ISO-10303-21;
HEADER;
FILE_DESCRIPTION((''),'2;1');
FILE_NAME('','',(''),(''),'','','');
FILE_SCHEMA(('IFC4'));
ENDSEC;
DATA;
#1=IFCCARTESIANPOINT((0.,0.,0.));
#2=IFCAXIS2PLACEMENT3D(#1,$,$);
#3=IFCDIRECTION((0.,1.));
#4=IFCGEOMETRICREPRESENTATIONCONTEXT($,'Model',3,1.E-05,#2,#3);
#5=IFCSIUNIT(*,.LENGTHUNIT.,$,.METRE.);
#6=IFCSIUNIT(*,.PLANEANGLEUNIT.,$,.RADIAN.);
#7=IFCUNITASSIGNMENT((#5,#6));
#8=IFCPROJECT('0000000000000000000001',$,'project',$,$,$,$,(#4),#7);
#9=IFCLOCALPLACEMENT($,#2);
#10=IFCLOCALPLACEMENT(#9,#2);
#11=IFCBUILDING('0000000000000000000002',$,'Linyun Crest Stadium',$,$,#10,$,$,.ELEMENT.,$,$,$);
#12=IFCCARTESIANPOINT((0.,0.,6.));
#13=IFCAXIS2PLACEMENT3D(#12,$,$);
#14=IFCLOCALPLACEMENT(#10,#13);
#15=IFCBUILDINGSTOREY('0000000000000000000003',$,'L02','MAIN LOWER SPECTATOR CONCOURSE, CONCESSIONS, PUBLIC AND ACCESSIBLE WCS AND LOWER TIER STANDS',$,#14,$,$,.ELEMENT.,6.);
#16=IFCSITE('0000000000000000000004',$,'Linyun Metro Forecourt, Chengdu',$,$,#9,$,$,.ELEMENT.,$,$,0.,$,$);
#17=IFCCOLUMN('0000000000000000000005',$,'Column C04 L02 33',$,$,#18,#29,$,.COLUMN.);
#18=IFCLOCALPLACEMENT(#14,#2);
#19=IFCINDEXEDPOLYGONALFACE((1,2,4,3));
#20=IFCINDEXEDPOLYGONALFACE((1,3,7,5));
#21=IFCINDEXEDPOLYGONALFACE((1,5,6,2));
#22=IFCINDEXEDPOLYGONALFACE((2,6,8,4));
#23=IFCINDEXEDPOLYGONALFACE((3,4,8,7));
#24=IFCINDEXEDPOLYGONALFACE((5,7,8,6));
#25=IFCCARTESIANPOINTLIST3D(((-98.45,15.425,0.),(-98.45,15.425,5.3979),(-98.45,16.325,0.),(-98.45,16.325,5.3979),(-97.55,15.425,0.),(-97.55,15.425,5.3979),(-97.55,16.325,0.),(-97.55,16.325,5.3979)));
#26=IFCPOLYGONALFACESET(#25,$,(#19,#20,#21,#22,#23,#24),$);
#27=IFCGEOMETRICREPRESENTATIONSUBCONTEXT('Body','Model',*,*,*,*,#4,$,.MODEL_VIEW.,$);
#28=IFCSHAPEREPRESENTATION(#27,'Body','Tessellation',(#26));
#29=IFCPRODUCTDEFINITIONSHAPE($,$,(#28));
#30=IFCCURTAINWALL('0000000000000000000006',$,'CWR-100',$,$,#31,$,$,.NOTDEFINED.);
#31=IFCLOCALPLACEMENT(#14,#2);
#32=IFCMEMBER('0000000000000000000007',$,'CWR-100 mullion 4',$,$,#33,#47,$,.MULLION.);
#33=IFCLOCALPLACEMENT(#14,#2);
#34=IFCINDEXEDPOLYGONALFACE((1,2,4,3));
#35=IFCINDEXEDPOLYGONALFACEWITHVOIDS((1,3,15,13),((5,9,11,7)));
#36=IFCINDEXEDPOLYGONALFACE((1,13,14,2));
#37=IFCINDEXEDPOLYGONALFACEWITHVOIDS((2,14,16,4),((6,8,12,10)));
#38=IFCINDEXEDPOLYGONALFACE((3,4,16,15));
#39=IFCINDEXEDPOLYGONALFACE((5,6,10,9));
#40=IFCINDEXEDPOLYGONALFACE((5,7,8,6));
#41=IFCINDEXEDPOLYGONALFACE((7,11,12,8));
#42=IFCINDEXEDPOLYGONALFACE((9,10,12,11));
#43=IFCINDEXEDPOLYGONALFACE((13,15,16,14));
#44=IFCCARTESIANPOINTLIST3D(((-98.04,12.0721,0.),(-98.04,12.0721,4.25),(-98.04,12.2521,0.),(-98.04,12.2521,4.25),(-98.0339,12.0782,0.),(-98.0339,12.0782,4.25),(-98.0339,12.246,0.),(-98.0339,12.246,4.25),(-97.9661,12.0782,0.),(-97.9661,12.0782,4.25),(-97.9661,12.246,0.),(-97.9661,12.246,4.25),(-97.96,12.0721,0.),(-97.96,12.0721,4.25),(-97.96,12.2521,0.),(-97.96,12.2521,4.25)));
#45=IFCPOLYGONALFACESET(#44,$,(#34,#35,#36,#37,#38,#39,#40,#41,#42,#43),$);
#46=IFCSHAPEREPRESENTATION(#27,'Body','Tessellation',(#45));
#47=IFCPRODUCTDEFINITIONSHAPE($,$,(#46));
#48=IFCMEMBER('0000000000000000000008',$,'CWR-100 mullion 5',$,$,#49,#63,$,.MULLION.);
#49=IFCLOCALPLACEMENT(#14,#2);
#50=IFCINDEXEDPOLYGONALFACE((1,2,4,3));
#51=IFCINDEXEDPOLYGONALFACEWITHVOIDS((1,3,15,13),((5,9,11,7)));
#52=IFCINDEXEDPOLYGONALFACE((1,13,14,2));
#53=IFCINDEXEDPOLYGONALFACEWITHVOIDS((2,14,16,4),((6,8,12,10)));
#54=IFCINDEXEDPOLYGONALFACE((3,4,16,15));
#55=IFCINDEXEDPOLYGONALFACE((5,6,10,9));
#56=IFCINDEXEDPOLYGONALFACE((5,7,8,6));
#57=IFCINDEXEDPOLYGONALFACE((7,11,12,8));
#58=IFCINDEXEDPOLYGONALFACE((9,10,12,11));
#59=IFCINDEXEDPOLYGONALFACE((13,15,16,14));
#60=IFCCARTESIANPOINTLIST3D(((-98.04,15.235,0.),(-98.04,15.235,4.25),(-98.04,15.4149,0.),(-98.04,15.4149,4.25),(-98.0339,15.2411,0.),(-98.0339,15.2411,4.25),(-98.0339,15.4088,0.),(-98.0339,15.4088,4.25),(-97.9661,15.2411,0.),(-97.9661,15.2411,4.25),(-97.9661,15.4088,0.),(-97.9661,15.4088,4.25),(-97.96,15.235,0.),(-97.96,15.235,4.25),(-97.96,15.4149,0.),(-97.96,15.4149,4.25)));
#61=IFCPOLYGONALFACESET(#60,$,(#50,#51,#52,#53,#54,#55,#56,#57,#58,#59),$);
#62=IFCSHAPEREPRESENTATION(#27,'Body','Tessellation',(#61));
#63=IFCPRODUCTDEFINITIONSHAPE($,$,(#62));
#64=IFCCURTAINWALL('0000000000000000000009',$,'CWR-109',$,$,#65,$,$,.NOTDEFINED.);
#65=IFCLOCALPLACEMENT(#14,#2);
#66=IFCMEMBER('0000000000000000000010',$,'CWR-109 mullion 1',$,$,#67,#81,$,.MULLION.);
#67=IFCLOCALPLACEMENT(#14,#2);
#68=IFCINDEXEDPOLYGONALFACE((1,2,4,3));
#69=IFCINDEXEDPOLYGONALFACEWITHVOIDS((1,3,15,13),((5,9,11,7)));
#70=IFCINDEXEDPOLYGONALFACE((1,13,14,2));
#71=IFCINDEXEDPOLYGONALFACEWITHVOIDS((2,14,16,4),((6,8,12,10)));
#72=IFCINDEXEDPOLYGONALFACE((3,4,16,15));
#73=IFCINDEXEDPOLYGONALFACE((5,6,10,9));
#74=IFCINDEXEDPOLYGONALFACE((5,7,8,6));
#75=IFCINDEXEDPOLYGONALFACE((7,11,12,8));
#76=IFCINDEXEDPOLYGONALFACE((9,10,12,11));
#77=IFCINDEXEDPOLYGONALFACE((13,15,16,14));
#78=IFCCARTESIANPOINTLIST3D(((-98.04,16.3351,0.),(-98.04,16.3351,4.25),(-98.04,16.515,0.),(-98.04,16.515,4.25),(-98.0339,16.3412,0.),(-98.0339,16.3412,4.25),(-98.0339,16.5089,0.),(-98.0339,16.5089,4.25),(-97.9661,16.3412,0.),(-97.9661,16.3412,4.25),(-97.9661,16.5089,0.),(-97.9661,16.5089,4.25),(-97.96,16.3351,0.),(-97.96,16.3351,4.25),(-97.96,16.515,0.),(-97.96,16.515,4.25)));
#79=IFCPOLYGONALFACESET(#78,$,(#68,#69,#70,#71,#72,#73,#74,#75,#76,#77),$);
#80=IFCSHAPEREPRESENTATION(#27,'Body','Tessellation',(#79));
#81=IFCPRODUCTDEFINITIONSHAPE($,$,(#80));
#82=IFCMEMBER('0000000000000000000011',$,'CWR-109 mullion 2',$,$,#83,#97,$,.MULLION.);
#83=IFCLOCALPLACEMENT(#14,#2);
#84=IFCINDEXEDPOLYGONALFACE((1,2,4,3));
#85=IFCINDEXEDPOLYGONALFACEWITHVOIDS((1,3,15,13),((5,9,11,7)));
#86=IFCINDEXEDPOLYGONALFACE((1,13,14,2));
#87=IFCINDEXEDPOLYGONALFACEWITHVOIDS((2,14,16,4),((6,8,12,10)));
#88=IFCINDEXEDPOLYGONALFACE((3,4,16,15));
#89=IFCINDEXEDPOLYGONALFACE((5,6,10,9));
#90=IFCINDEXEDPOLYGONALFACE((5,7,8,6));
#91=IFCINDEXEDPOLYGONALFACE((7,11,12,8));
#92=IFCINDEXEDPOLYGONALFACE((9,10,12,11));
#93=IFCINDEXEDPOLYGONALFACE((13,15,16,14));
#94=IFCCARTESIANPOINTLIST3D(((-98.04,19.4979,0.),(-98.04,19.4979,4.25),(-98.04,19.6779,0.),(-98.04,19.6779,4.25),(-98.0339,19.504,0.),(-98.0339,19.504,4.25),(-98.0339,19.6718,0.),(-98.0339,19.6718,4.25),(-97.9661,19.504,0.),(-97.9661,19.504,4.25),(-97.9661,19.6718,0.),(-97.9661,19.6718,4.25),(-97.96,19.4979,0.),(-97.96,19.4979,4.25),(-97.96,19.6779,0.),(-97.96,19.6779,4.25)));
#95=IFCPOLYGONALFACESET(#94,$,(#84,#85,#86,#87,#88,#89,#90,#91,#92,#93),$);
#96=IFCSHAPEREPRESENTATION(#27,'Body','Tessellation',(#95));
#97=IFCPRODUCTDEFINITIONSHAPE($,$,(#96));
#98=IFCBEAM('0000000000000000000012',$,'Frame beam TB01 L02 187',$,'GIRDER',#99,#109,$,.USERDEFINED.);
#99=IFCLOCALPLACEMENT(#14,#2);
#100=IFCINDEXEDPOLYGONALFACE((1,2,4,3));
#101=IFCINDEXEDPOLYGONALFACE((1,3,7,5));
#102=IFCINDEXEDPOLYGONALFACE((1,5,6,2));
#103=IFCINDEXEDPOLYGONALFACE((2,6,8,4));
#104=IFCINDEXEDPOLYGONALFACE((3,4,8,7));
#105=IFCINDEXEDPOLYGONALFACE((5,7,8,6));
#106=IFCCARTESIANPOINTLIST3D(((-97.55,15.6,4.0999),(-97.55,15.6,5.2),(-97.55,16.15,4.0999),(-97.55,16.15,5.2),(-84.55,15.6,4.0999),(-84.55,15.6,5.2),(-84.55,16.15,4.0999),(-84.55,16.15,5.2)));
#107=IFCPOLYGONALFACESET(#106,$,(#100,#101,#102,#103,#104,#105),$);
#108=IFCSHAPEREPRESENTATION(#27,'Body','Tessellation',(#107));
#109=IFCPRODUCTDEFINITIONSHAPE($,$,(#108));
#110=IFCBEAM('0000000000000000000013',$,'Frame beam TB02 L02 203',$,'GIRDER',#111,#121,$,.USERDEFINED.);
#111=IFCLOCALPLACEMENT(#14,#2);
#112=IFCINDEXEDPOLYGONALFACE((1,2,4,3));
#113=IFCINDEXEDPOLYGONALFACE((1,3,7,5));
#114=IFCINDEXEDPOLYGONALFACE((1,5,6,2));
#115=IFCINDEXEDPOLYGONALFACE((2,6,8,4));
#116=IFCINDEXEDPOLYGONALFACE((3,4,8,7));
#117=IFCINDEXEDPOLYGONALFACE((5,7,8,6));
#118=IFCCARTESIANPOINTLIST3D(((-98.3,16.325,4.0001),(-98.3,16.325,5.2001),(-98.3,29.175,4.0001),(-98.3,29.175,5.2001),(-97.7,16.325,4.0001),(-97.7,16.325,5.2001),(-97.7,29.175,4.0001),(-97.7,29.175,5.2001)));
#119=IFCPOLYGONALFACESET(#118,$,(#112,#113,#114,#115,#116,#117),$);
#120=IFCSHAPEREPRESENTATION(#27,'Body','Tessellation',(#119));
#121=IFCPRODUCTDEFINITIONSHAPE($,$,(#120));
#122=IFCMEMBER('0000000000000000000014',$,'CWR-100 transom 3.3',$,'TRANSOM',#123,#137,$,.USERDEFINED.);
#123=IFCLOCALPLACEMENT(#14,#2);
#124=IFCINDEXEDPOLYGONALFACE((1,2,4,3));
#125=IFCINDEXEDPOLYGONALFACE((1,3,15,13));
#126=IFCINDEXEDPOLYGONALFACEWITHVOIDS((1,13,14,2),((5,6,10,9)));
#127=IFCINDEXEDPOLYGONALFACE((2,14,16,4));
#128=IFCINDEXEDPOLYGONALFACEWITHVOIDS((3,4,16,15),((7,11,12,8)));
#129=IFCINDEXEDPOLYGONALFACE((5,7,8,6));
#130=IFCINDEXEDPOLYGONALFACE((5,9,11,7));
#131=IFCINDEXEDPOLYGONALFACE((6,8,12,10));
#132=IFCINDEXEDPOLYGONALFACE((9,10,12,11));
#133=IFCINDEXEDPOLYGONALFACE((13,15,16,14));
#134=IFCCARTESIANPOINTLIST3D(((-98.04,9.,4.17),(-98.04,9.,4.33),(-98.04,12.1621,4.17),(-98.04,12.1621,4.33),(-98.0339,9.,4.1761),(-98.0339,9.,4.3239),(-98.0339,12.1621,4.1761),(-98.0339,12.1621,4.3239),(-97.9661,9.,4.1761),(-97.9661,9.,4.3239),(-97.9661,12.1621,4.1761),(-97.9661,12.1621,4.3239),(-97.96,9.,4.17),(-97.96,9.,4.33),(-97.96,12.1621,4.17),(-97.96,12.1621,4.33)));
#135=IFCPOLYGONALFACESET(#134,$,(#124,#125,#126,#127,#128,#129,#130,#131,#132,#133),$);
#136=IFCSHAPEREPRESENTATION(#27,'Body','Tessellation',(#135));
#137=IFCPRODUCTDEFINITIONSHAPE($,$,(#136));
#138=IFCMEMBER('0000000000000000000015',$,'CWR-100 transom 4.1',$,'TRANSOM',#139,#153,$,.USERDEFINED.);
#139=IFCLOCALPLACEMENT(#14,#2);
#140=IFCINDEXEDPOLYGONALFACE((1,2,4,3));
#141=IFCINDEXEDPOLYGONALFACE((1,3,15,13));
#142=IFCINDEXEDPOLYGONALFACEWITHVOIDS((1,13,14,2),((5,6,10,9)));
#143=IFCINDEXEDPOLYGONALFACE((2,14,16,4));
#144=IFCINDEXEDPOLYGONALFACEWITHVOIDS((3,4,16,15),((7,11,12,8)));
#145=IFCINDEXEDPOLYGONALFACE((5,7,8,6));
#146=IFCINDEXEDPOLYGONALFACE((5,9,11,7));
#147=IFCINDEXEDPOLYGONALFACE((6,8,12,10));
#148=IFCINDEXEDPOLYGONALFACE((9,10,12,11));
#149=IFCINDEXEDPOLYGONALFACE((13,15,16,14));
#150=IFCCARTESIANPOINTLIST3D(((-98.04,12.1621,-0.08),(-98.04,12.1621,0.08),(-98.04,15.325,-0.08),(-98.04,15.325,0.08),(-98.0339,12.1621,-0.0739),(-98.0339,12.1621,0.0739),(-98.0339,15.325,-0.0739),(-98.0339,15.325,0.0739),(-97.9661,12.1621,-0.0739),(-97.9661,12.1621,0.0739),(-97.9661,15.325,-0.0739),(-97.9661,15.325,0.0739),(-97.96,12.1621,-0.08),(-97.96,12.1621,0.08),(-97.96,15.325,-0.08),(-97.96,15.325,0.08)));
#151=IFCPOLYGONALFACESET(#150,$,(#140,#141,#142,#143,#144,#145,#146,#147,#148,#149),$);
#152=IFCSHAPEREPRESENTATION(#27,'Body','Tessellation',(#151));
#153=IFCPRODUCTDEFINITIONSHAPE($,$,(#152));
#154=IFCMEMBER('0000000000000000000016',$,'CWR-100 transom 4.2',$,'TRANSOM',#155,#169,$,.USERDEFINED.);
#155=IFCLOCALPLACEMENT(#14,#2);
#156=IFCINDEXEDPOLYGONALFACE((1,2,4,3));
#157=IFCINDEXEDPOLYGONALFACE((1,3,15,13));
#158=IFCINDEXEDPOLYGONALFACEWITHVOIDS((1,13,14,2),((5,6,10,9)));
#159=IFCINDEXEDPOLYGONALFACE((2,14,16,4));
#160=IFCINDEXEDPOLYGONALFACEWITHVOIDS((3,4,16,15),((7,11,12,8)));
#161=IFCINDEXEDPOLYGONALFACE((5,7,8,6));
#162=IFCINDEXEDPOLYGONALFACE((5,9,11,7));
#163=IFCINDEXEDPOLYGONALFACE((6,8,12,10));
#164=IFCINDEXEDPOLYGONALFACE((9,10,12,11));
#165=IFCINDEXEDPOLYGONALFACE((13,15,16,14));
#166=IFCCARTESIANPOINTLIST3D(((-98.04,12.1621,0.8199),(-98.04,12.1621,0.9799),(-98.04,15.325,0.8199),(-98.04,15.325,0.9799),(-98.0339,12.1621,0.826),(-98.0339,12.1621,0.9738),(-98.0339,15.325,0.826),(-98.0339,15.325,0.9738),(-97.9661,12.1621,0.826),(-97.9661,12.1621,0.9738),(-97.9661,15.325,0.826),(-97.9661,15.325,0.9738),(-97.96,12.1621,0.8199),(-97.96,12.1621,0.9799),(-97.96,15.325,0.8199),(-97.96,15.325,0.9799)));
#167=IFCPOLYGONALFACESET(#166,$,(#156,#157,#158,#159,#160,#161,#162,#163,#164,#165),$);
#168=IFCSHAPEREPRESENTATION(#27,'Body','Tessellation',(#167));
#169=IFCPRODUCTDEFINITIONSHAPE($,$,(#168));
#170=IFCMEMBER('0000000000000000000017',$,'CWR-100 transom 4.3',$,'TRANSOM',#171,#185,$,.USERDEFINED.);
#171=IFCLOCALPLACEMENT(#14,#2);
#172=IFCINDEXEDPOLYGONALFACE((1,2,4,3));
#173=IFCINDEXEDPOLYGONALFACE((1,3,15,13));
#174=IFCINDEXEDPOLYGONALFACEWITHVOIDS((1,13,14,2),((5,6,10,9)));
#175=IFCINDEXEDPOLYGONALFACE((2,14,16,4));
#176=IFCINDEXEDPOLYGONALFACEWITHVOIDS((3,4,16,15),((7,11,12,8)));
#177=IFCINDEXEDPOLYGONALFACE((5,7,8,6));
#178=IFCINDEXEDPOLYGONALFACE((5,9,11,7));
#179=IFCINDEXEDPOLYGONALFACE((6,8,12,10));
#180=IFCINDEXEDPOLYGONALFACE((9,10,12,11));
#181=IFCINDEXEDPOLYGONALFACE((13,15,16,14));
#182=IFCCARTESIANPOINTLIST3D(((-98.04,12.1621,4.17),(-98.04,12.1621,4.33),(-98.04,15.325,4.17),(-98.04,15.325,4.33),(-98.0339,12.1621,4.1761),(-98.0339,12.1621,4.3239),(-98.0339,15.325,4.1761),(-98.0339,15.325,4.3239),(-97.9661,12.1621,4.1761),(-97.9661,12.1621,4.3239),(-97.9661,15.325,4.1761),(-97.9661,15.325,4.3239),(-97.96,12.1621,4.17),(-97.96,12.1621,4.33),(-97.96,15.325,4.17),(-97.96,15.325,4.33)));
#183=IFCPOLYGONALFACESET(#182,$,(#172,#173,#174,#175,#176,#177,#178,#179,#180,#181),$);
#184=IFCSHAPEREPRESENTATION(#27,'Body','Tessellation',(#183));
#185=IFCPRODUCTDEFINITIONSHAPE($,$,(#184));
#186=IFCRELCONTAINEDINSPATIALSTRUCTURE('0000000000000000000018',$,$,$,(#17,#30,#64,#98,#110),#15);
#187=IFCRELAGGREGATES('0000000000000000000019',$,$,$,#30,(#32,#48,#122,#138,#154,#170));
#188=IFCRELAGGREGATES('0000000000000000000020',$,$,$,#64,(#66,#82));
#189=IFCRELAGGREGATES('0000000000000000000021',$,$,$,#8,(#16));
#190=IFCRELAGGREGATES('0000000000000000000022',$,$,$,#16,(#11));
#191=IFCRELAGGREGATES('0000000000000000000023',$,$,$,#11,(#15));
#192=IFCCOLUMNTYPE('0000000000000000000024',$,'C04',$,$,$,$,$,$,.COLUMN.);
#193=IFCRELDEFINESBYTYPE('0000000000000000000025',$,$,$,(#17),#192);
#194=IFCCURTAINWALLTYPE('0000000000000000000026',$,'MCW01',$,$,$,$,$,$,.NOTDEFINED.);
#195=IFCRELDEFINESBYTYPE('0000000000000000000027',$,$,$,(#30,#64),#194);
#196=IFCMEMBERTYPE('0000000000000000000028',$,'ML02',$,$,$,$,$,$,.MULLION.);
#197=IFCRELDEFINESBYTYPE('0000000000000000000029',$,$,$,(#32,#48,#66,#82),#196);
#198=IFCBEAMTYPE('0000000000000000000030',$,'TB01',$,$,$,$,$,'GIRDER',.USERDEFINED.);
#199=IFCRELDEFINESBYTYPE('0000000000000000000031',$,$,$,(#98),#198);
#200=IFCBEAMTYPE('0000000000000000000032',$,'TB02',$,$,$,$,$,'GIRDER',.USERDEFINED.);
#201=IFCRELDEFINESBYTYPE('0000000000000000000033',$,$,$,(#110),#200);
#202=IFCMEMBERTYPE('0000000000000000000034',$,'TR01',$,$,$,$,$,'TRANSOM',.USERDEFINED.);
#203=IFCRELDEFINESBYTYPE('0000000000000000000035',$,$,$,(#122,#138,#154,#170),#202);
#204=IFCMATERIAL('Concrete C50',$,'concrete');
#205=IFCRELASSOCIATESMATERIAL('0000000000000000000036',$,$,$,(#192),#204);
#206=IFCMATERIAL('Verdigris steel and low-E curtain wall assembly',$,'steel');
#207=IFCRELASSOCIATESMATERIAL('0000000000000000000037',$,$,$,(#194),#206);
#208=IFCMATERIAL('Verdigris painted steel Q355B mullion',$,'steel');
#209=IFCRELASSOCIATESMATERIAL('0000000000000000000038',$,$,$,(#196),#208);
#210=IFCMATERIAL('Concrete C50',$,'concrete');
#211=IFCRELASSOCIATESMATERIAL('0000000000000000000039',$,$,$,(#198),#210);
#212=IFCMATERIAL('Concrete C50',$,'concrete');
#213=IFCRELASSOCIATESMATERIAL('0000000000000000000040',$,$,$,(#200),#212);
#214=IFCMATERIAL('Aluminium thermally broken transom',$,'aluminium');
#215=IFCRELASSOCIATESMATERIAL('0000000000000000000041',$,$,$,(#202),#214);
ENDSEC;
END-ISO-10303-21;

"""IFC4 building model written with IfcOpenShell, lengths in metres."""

from ifc_helpers import new_model, si_unit, direction, frame, origin, origin_2d, place, context, subcontext, project, spatial, rectangle, hollow_rectangle, extrude, material, material_profile, profile_set, type_object, element, aggregate, save


model = new_model("IFC4")

# Units and contexts
model_context = context("Model", 3, precision=1e-05, world=origin(), true_north=direction((0.0, 1.0)))
body_context = subcontext(model_context, "Body", "Model", "MODEL_VIEW")
ifc_project = project(units=[si_unit("LENGTHUNIT", "METRE"), si_unit("PLANEANGLEUNIT", "RADIAN")], contexts=[model_context])

# Site, building, storey
site_placement = place(None, origin())
site = spatial("IfcSite", under=ifc_project, at=site_placement, Name="Linyun Metro Forecourt, Chengdu", CompositionType="ELEMENT", RefElevation=0.0)
building_placement = place(site_placement, origin())
building = spatial("IfcBuilding", under=site, at=building_placement, Name="Linyun Crest Stadium", CompositionType="ELEMENT")
storey_placement = place(building_placement, frame((0.0, 0.0, 6.0)))
storey = spatial("IfcBuildingStorey", under=building, at=storey_placement, Name="L02", Description="MAIN LOWER SPECTATOR CONCOURSE, CONCESSIONS, PUBLIC AND ACCESSIBLE WCS AND LOWER TIER STANDS", CompositionType="ELEMENT", Elevation=6.0)

# Column
ifc_material_1 = material(Name="Concrete C50", Category="concrete")
ifc_material_profile_1 = material_profile(ifc_material_1, rectangle(XDim=0.8999, YDim=0.8999, at=origin_2d()), Name="RC 900x900")
ifc_profile_set_1 = profile_set([ifc_material_profile_1], Name="Concrete C50")
column_type = type_object("IfcColumnType", Name="C04", PredefinedType="COLUMN", material=ifc_profile_set_1)
column_placement = place(storey_placement, frame((-98.0, 15.875, 0.0), z_axis=(0.0, 0.0, 1.0), x_axis=(1.0, 0.0, 0.0)))
element("IfcColumn", 1, at=column_placement, inside=storey, type_object=column_type, Name="Column C04 L02 33", PredefinedType="COLUMN", context=body_context, shape_type="SweptSolid", body=[
    extrude(rectangle(XDim=0.8999, YDim=0.8999, at=origin_2d()), origin(), (0.0, 0.0, 1.0), 5.3979),
])

# Curtain walls, members
ifc_material_2 = material(Name="Verdigris steel and low-E curtain wall assembly", Category="steel")
curtain_wall_type = type_object("IfcCurtainWallType", Name="MCW01", PredefinedType="NOTDEFINED", material=ifc_material_2)
curtain_wall_1_placement = place(storey_placement, origin())
curtain_wall_1 = element("IfcCurtainWall", 2, at=curtain_wall_1_placement, inside=storey, type_object=curtain_wall_type, Name="CWR-100", PredefinedType="NOTDEFINED")
ifc_material_3 = material(Name="Verdigris painted steel Q355B mullion", Category="steel")
ifc_material_profile_2 = material_profile(ifc_material_3, hollow_rectangle(XDim=0.0801, YDim=0.1799, WallThickness=0.0061, at=origin_2d()), Name="RHS 180x80x6")
ifc_profile_set_2 = profile_set([ifc_material_profile_2], Name="Verdigris painted steel Q355B mullion")
member_type_1 = type_object("IfcMemberType", Name="ML02", PredefinedType="MULLION", material=ifc_profile_set_2)
member_1_placement = place(storey_placement, frame((-98.0, 12.1621, 0.0), z_axis=(0.0, 0.0, 1.0), x_axis=(-1.0, 0.0, 0.0)))
member_1 = element("IfcMember", 3, at=member_1_placement, type_object=member_type_1, Name="CWR-100 mullion 4", PredefinedType="MULLION", context=body_context, shape_type="SweptSolid", body=[
    extrude(hollow_rectangle(XDim=0.0801, YDim=0.1799, WallThickness=0.0061, at=origin_2d()), origin(), (0.0, 0.0, 1.0), 4.25),
])
member_2_placement = place(storey_placement, frame((-98.0, 15.325, 0.0), z_axis=(0.0, 0.0, 1.0), x_axis=(-1.0, 0.0, 0.0)))
member_2 = element("IfcMember", 4, at=member_2_placement, type_object=member_type_1, Name="CWR-100 mullion 5", PredefinedType="MULLION", context=body_context, shape_type="SweptSolid", body=[
    extrude(hollow_rectangle(XDim=0.0801, YDim=0.1799, WallThickness=0.0061, at=origin_2d()), origin(), (0.0, 0.0, 1.0), 4.25),
])
curtain_wall_2_placement = place(storey_placement, origin())
curtain_wall_2 = element("IfcCurtainWall", 5, at=curtain_wall_2_placement, inside=storey, type_object=curtain_wall_type, Name="CWR-109", PredefinedType="NOTDEFINED")
member_3_placement = place(storey_placement, frame((-98.0, 16.425, 0.0), z_axis=(0.0, 0.0, 1.0), x_axis=(-1.0, 0.0, 0.0)))
member_3 = element("IfcMember", 6, at=member_3_placement, type_object=member_type_1, Name="CWR-109 mullion 1", PredefinedType="MULLION", context=body_context, shape_type="SweptSolid", body=[
    extrude(hollow_rectangle(XDim=0.0801, YDim=0.1799, WallThickness=0.0061, at=origin_2d()), origin(), (0.0, 0.0, 1.0), 4.25),
])
member_4_placement = place(storey_placement, frame((-98.0, 19.5879, 0.0), z_axis=(0.0, 0.0, 1.0), x_axis=(-1.0, 0.0, 0.0)))
member_4 = element("IfcMember", 7, at=member_4_placement, type_object=member_type_1, Name="CWR-109 mullion 2", PredefinedType="MULLION", context=body_context, shape_type="SweptSolid", body=[
    extrude(hollow_rectangle(XDim=0.0801, YDim=0.1799, WallThickness=0.0061, at=origin_2d()), origin(), (0.0, 0.0, 1.0), 4.25),
])

# Beams
ifc_material_4 = material(Name="Concrete C50", Category="concrete")
ifc_material_profile_3 = material_profile(ifc_material_4, rectangle(XDim=0.55, YDim=1.1001, at=origin_2d()), Name="RCB 1100x550")
ifc_profile_set_3 = profile_set([ifc_material_profile_3], Name="Concrete C50")
beam_type_1 = type_object("IfcBeamType", Name="TB01", ElementType="GIRDER", PredefinedType="USERDEFINED", material=ifc_profile_set_3)
beam_1_placement = place(storey_placement, frame((-97.55, 15.875, 4.6499), z_axis=(1.0, 0.0, 0.0), x_axis=(0.0, 1.0, 0.0)))
element("IfcBeam", 8, at=beam_1_placement, inside=storey, type_object=beam_type_1, Name="Frame beam TB01 L02 187", ObjectType="GIRDER", PredefinedType="USERDEFINED", context=body_context, shape_type="SweptSolid", body=[
    extrude(rectangle(XDim=0.55, YDim=1.1001, at=origin_2d()), origin(), (0.0, 0.0, 1.0), 13.0),
])
ifc_material_5 = material(Name="Concrete C50", Category="concrete")
ifc_material_profile_4 = material_profile(ifc_material_5, rectangle(XDim=0.6001, YDim=1.2, at=origin_2d()), Name="RCB 1200x600")
ifc_profile_set_4 = profile_set([ifc_material_profile_4], Name="Concrete C50")
beam_type_2 = type_object("IfcBeamType", Name="TB02", ElementType="GIRDER", PredefinedType="USERDEFINED", material=ifc_profile_set_4)
beam_2_placement = place(storey_placement, frame((-98.0, 16.325, 4.6001), z_axis=(0.0, 1.0, 0.0), x_axis=(-1.0, 0.0, 0.0)))
element("IfcBeam", 9, at=beam_2_placement, inside=storey, type_object=beam_type_2, Name="Frame beam TB02 L02 203", ObjectType="GIRDER", PredefinedType="USERDEFINED", context=body_context, shape_type="SweptSolid", body=[
    extrude(rectangle(XDim=0.6001, YDim=1.2, at=origin_2d()), origin(), (0.0, 0.0, 1.0), 12.8501),
])

# Members
ifc_material_6 = material(Name="Aluminium thermally broken transom", Category="aluminium")
ifc_material_profile_5 = material_profile(ifc_material_6, hollow_rectangle(XDim=0.0801, YDim=0.1599, WallThickness=0.0061, at=origin_2d()), Name="RHS 160x80x6")
ifc_profile_set_5 = profile_set([ifc_material_profile_5], Name="Aluminium thermally broken transom")
member_type_2 = type_object("IfcMemberType", Name="TR01", ElementType="TRANSOM", PredefinedType="USERDEFINED", material=ifc_profile_set_5)
member_5_placement = place(storey_placement, frame((-98.0, 9.0, 4.25), z_axis=(0.0, 1.0, 0.0), x_axis=(-1.0, 0.0, 0.0)))
member_5 = element("IfcMember", 10, at=member_5_placement, type_object=member_type_2, Name="CWR-100 transom 3.3", ObjectType="TRANSOM", PredefinedType="USERDEFINED", context=body_context, shape_type="SweptSolid", body=[
    extrude(hollow_rectangle(XDim=0.0801, YDim=0.1599, WallThickness=0.0061, at=origin_2d()), origin(), (0.0, 0.0, 1.0), 3.1621),
])
member_6_placement = place(storey_placement, frame((-98.0, 12.1621, 0.0), z_axis=(0.0, 1.0, 0.0), x_axis=(-1.0, 0.0, 0.0)))
member_6 = element("IfcMember", 11, at=member_6_placement, type_object=member_type_2, Name="CWR-100 transom 4.1", ObjectType="TRANSOM", PredefinedType="USERDEFINED", context=body_context, shape_type="SweptSolid", body=[
    extrude(hollow_rectangle(XDim=0.0801, YDim=0.1599, WallThickness=0.0061, at=origin_2d()), origin(), (0.0, 0.0, 1.0), 3.1628),
])
member_7_placement = place(storey_placement, frame((-98.0, 12.1621, 0.8999), z_axis=(0.0, 1.0, 0.0), x_axis=(-1.0, 0.0, 0.0)))
member_7 = element("IfcMember", 12, at=member_7_placement, type_object=member_type_2, Name="CWR-100 transom 4.2", ObjectType="TRANSOM", PredefinedType="USERDEFINED", context=body_context, shape_type="SweptSolid", body=[
    extrude(hollow_rectangle(XDim=0.0801, YDim=0.1599, WallThickness=0.0061, at=origin_2d()), origin(), (0.0, 0.0, 1.0), 3.1628),
])
member_8_placement = place(storey_placement, frame((-98.0, 12.1621, 4.25), z_axis=(0.0, 1.0, 0.0), x_axis=(-1.0, 0.0, 0.0)))
member_8 = element("IfcMember", 13, at=member_8_placement, type_object=member_type_2, Name="CWR-100 transom 4.3", ObjectType="TRANSOM", PredefinedType="USERDEFINED", context=body_context, shape_type="SweptSolid", body=[
    extrude(hollow_rectangle(XDim=0.0801, YDim=0.1599, WallThickness=0.0061, at=origin_2d()), origin(), (0.0, 0.0, 1.0), 3.1628),
])

aggregate(curtain_wall_1, [member_1, member_2, member_5, member_6, member_7, member_8])
aggregate(curtain_wall_2, [member_3, member_4])

save(model, "model.ifc")
